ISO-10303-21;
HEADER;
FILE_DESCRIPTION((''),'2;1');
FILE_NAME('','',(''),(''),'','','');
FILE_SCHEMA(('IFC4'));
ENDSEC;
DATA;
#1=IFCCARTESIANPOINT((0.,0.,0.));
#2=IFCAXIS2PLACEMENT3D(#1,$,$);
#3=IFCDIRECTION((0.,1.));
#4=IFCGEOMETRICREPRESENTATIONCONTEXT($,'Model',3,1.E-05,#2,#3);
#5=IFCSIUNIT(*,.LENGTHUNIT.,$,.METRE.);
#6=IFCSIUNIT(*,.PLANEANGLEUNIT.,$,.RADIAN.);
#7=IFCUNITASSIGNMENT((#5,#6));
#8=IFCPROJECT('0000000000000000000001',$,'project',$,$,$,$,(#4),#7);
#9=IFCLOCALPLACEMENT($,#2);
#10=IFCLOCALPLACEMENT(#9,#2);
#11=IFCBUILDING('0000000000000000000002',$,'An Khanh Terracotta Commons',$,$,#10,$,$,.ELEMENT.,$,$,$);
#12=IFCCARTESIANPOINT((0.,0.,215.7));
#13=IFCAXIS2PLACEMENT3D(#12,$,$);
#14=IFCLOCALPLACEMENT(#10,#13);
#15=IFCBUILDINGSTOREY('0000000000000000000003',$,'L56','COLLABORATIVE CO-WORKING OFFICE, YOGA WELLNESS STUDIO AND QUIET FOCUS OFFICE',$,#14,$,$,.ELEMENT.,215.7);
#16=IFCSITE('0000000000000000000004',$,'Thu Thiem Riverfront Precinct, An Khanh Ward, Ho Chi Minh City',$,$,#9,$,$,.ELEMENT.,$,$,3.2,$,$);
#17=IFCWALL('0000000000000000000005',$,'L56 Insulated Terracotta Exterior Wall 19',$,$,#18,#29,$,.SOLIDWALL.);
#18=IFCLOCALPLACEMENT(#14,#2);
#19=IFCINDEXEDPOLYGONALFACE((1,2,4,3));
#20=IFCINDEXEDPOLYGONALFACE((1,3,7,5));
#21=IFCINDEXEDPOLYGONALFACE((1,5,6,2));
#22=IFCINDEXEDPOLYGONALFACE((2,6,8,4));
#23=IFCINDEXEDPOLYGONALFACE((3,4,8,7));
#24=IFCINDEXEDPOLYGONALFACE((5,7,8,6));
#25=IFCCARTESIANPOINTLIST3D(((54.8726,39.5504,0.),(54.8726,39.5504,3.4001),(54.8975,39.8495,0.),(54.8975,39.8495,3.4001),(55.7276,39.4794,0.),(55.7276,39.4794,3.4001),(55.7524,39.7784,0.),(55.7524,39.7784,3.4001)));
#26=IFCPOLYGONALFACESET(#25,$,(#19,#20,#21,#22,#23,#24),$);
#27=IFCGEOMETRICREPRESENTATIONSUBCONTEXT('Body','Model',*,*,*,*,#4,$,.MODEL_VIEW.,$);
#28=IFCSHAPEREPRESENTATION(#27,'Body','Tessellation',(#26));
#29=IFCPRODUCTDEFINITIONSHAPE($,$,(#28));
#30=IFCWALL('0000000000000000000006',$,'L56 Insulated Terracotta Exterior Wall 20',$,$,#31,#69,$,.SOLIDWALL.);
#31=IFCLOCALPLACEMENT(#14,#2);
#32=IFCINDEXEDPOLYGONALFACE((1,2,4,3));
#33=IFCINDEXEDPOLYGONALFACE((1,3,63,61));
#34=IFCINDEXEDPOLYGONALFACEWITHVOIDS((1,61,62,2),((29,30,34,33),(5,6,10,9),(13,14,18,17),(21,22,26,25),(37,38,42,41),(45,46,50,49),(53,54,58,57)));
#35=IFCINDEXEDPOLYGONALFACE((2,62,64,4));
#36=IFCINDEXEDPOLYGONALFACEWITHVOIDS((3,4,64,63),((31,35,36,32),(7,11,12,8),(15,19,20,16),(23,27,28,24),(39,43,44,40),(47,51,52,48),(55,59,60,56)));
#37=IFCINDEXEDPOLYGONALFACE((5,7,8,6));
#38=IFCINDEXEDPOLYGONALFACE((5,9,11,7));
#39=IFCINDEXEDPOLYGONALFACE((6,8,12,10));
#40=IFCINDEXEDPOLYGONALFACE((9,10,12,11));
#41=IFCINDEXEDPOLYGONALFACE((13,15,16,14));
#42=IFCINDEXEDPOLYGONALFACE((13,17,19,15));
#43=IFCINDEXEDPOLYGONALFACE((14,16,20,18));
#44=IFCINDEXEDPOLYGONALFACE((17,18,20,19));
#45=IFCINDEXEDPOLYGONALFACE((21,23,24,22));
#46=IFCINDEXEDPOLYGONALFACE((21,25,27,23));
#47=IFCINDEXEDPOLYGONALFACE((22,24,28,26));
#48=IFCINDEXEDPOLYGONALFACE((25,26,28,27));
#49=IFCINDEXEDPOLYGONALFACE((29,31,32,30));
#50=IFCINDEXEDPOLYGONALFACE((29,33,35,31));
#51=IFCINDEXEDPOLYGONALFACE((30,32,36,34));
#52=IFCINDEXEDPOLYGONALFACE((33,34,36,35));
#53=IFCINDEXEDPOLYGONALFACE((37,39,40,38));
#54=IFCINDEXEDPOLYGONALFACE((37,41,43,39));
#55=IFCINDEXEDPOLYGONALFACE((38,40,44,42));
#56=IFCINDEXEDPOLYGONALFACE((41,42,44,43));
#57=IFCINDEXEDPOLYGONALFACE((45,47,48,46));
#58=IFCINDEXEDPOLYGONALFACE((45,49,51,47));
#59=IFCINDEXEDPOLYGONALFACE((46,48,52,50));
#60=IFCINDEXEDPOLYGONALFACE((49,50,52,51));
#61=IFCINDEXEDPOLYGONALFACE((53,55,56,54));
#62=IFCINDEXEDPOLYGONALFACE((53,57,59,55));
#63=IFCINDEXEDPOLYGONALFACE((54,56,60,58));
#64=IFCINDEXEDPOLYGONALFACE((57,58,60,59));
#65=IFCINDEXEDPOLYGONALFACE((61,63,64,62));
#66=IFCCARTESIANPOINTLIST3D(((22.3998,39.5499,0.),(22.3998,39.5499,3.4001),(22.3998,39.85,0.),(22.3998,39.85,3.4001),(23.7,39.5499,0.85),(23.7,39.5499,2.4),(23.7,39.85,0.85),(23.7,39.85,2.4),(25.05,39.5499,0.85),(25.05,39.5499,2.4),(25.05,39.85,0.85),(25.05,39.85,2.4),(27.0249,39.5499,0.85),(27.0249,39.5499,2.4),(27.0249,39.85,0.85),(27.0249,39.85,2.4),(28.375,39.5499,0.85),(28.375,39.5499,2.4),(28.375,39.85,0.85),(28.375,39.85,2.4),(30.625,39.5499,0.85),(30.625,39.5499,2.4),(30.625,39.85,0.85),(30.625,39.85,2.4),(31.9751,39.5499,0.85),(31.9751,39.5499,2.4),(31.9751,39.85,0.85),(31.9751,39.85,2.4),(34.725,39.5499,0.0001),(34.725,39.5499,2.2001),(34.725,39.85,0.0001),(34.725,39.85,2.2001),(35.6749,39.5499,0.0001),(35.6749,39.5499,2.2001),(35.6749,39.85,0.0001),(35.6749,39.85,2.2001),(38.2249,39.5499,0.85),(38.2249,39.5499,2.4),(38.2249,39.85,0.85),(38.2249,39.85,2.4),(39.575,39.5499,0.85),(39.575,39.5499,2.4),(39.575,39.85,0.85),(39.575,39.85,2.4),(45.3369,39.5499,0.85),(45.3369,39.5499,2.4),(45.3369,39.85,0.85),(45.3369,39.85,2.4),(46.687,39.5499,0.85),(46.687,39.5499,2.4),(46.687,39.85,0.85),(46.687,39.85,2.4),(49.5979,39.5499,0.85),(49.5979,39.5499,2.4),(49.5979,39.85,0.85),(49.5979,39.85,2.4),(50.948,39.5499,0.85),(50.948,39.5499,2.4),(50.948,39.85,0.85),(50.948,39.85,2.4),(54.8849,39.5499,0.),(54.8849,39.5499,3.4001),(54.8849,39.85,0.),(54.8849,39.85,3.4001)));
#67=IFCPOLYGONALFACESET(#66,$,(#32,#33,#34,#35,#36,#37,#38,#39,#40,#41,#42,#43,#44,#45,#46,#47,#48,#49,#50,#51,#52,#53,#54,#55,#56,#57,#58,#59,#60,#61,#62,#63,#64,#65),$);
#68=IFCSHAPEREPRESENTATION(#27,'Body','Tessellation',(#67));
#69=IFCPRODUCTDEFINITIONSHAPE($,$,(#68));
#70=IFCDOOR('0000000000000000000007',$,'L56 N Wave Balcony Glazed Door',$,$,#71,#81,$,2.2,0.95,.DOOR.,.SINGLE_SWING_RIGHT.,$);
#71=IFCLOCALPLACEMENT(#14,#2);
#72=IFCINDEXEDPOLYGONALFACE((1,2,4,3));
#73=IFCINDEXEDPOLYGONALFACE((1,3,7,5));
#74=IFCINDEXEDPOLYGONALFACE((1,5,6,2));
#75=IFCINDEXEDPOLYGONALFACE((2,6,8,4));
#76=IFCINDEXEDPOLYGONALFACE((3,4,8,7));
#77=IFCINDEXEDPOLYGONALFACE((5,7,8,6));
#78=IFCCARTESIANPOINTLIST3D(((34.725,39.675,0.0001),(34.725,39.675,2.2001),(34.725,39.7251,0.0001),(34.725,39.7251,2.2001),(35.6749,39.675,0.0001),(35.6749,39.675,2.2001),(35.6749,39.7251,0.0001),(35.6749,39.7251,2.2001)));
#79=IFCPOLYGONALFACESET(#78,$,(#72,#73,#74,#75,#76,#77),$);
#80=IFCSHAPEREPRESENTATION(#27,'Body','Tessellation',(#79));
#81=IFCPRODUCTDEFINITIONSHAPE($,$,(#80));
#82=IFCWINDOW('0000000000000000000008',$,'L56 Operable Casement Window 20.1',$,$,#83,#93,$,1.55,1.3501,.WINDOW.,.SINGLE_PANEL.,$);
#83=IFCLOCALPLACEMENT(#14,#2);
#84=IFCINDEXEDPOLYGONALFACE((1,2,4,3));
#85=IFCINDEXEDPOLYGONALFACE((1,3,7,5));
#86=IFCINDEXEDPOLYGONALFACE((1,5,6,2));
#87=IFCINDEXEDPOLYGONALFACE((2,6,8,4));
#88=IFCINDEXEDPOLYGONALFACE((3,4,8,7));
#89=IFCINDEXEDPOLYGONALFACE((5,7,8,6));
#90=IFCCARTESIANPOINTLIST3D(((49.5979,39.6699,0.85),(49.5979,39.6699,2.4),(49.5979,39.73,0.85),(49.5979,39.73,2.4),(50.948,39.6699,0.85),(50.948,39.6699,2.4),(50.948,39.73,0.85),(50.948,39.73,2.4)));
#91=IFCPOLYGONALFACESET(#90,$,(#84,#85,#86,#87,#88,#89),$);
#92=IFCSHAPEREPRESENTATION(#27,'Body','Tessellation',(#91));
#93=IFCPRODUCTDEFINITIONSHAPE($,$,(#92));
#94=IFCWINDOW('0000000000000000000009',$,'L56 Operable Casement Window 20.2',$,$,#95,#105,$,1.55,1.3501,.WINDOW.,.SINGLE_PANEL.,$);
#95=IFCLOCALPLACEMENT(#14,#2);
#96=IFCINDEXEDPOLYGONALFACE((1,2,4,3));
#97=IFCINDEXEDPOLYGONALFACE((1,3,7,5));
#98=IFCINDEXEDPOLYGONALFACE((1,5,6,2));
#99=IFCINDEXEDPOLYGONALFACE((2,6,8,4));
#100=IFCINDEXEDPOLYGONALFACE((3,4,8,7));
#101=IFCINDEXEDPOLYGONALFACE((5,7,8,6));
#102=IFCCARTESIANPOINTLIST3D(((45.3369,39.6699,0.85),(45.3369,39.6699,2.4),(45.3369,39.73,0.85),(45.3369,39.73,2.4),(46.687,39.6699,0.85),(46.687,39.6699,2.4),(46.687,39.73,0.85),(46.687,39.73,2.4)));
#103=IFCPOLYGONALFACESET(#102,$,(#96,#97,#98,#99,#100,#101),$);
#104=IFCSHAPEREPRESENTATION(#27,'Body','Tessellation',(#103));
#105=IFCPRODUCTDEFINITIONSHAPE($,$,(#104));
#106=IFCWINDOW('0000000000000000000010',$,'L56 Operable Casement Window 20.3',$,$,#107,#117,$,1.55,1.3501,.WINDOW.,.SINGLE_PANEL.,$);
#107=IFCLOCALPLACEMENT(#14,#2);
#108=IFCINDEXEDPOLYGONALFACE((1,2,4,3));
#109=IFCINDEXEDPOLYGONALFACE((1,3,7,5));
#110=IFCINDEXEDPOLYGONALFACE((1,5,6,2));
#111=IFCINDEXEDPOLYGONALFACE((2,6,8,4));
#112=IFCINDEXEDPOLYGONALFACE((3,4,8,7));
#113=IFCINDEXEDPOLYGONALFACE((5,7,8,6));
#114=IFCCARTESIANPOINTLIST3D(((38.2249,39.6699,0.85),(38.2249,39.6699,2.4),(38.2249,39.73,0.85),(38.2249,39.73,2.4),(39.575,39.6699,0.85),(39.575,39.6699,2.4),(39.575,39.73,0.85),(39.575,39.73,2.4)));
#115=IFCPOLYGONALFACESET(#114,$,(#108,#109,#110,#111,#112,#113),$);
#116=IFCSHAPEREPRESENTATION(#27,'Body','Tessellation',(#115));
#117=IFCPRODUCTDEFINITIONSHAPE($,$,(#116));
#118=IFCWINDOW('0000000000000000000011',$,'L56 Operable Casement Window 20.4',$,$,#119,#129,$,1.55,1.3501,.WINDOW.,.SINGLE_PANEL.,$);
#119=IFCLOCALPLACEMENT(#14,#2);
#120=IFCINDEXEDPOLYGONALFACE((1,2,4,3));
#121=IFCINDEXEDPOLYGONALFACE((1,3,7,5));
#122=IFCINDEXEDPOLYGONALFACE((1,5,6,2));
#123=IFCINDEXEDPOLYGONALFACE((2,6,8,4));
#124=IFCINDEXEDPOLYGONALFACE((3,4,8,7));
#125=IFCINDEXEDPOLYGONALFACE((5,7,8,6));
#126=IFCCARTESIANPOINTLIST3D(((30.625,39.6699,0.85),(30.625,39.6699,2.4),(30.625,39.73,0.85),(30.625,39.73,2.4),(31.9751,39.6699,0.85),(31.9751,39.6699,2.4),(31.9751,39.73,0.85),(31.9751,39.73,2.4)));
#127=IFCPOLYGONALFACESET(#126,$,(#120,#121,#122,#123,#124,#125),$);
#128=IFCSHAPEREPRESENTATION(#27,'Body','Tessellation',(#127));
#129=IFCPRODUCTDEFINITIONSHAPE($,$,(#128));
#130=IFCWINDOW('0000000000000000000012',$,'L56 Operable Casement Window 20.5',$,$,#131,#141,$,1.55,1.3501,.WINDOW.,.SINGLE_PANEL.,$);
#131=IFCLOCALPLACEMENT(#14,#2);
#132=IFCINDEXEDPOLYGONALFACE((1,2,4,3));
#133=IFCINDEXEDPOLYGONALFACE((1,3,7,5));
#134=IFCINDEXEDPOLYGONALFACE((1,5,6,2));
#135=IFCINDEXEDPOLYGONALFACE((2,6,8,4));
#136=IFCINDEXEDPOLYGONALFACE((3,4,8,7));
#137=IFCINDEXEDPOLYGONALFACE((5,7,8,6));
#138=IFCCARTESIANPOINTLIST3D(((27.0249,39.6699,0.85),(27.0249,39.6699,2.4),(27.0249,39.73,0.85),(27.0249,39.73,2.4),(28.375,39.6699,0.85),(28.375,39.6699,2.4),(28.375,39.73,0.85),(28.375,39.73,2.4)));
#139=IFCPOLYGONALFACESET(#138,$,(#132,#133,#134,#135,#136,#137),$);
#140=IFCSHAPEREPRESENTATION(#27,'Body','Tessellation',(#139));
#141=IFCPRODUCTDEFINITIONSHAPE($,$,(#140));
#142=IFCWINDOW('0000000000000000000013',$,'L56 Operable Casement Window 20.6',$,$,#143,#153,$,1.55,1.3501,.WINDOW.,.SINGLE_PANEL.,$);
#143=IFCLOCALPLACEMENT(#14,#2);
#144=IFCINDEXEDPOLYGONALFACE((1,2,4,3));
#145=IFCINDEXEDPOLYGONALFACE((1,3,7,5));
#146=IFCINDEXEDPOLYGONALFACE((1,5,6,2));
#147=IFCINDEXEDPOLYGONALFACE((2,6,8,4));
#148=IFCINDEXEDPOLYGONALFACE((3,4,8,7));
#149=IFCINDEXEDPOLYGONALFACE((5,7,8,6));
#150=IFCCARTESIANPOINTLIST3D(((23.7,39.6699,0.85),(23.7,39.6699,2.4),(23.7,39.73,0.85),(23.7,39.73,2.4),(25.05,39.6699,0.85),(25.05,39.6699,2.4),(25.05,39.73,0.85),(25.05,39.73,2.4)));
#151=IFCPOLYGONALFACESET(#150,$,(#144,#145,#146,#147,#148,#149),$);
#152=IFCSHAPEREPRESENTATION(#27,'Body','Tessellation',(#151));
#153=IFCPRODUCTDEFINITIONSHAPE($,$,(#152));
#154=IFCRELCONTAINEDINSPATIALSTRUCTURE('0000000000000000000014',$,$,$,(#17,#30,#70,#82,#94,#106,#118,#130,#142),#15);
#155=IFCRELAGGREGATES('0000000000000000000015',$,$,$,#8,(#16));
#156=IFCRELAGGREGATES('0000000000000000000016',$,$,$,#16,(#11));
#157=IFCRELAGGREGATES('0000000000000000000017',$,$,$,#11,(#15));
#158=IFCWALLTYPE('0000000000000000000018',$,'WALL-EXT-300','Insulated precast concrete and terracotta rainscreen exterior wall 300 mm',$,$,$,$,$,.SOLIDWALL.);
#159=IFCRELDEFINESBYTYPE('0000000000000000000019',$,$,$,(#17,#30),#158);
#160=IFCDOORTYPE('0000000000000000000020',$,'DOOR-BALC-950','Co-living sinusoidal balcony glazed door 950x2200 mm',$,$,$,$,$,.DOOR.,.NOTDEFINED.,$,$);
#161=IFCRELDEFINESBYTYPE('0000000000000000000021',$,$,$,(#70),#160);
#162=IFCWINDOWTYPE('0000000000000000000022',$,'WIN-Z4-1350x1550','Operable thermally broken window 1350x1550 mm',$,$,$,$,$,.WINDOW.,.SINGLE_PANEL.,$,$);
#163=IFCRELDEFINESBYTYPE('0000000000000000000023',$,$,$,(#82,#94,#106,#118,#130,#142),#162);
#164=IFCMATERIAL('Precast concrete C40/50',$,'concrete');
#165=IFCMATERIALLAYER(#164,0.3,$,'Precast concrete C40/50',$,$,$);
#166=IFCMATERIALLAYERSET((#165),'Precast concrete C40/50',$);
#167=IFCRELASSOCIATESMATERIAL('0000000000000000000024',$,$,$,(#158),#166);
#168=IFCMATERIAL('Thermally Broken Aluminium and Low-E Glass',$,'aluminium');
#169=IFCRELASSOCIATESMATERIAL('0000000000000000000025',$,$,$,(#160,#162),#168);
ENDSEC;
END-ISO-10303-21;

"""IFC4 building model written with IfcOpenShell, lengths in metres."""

from ifc_helpers import new_model, si_unit, direction, frame, frame_2d, origin, place, context, subcontext, project, spatial, rectangle, extrude, material, layer, layer_set, type_object, element, fill, save


model = new_model("IFC4")

# Units and contexts
model_context = context("Model", 3, precision=1e-05, world=origin(), true_north=direction((0.0, 1.0)))
body_context = subcontext(model_context, "Body", "Model", "MODEL_VIEW")
ifc_project = project(units=[si_unit("LENGTHUNIT", "METRE"), si_unit("PLANEANGLEUNIT", "RADIAN")], contexts=[model_context])

# Site, building, storey
site_placement = place(None, origin())
site = spatial("IfcSite", under=ifc_project, at=site_placement, Name="Thu Thiem Riverfront Precinct, An Khanh Ward, Ho Chi Minh City", CompositionType="ELEMENT", RefElevation=3.2)
building_placement = place(site_placement, origin())
building = spatial("IfcBuilding", under=site, at=building_placement, Name="An Khanh Terracotta Commons", CompositionType="ELEMENT")
storey_placement = place(building_placement, frame((0.0, 0.0, 215.7)))
storey = spatial("IfcBuildingStorey", under=building, at=storey_placement, Name="L56", Description="COLLABORATIVE CO-WORKING OFFICE, YOGA WELLNESS STUDIO AND QUIET FOCUS OFFICE", CompositionType="ELEMENT", Elevation=215.7)

# Wall
ifc_material_1 = material(Name="Precast concrete C40/50", Category="concrete")
ifc_layer_1 = layer(ifc_material_1, 0.3, Name="Precast concrete C40/50")
ifc_layer_set_1 = layer_set([ifc_layer_1], Name="Precast concrete C40/50")
wall_type = type_object("IfcWallType", Name="WALL-EXT-300", Description="Insulated precast concrete and terracotta rainscreen exterior wall 300 mm", PredefinedType="SOLIDWALL", material=ifc_layer_set_1)
wall_1_placement = place(storey_placement, frame((55.74, 39.6289, 0.0), z_axis=(0.0, 0.0, 1.0), x_axis=(-0.996565, 0.08281, 0.0)))
element("IfcWall", 1, at=wall_1_placement, inside=storey, type_object=wall_type, Name="L56 Insulated Terracotta Exterior Wall 19", PredefinedType="SOLIDWALL", context=body_context, shape_type="SweptSolid", body=[
    extrude(rectangle(XDim=0.8579, YDim=0.3, at=frame_2d((0.429, 0.0))), origin(), (0.0, 0.0, 1.0), 3.4001),
])

# Wall, openings, door, windows
wall_2_placement = place(storey_placement, frame((54.885, 39.7, 0.0), z_axis=(0.0, 0.0, 1.0), x_axis=(-1.0, 0.0, 0.0)))
wall_2 = element("IfcWall", 2, at=wall_2_placement, inside=storey, type_object=wall_type, Name="L56 Insulated Terracotta Exterior Wall 20", PredefinedType="SOLIDWALL", context=body_context, shape_type="SweptSolid", body=[
    extrude(rectangle(XDim=32.4851, YDim=0.3, at=frame_2d((16.2427, 0.0))), origin(), (0.0, 0.0, 1.0), 3.4001),
])
opening_1_placement = place(wall_2_placement, frame((19.21, 0.0, 0.0)))
opening_1 = element("IfcOpeningElement", 3, at=opening_1_placement, cuts=wall_2, PredefinedType="OPENING", context=body_context, shape_type="SweptSolid", body=[
    extrude(rectangle(XDim=0.95, YDim=2.2, at=frame_2d((0.4751, 1.1001))), frame((0.0, 0.1599, 0.0), z_axis=(0.0, -1.0, 0.0), x_axis=(1.0, 0.0, 0.0)), (0.0, 0.0, 1.0), 0.3201),
])
opening_2_placement = place(wall_2_placement, frame((3.937, 0.0, 0.8501)))
opening_2 = element("IfcOpeningElement", 4, at=opening_2_placement, cuts=wall_2, PredefinedType="OPENING", context=body_context, shape_type="SweptSolid", body=[
    extrude(rectangle(XDim=1.3501, YDim=1.55, at=frame_2d((0.675, 0.7749))), frame((0.0, 0.1599, 0.0), z_axis=(0.0, -1.0, 0.0), x_axis=(1.0, 0.0, 0.0)), (0.0, 0.0, 1.0), 0.3201),
])
opening_3_placement = place(wall_2_placement, frame((8.198, 0.0, 0.8501)))
opening_3 = element("IfcOpeningElement", 5, at=opening_3_placement, cuts=wall_2, PredefinedType="OPENING", context=body_context, shape_type="SweptSolid", body=[
    extrude(rectangle(XDim=1.3501, YDim=1.55, at=frame_2d((0.675, 0.7749))), frame((0.0, 0.1599, 0.0), z_axis=(0.0, -1.0, 0.0), x_axis=(1.0, 0.0, 0.0)), (0.0, 0.0, 1.0), 0.3201),
])
opening_4_placement = place(wall_2_placement, frame((15.3101, 0.0, 0.8501)))
opening_4 = element("IfcOpeningElement", 6, at=opening_4_placement, cuts=wall_2, PredefinedType="OPENING", context=body_context, shape_type="SweptSolid", body=[
    extrude(rectangle(XDim=1.3501, YDim=1.55, at=frame_2d((0.675, 0.7749))), frame((0.0, 0.1599, 0.0), z_axis=(0.0, -1.0, 0.0), x_axis=(1.0, 0.0, 0.0)), (0.0, 0.0, 1.0), 0.3201),
])
opening_5_placement = place(wall_2_placement, frame((22.9099, 0.0, 0.8501)))
opening_5 = element("IfcOpeningElement", 7, at=opening_5_placement, cuts=wall_2, PredefinedType="OPENING", context=body_context, shape_type="SweptSolid", body=[
    extrude(rectangle(XDim=1.3501, YDim=1.55, at=frame_2d((0.675, 0.7749))), frame((0.0, 0.1599, 0.0), z_axis=(0.0, -1.0, 0.0), x_axis=(1.0, 0.0, 0.0)), (0.0, 0.0, 1.0), 0.3201),
])
opening_6_placement = place(wall_2_placement, frame((26.51, 0.0, 0.8501)))
opening_6 = element("IfcOpeningElement", 8, at=opening_6_placement, cuts=wall_2, PredefinedType="OPENING", context=body_context, shape_type="SweptSolid", body=[
    extrude(rectangle(XDim=1.3501, YDim=1.55, at=frame_2d((0.675, 0.7749))), frame((0.0, 0.1599, 0.0), z_axis=(0.0, -1.0, 0.0), x_axis=(1.0, 0.0, 0.0)), (0.0, 0.0, 1.0), 0.3201),
])
opening_7_placement = place(wall_2_placement, frame((29.835, 0.0, 0.8501)))
opening_7 = element("IfcOpeningElement", 9, at=opening_7_placement, cuts=wall_2, PredefinedType="OPENING", context=body_context, shape_type="SweptSolid", body=[
    extrude(rectangle(XDim=1.3501, YDim=1.55, at=frame_2d((0.675, 0.7749))), frame((0.0, 0.1599, 0.0), z_axis=(0.0, -1.0, 0.0), x_axis=(1.0, 0.0, 0.0)), (0.0, 0.0, 1.0), 0.3201),
])
ifc_material_2 = material(Name="Thermally Broken Aluminium and Low-E Glass", Category="aluminium")
door_type = type_object("IfcDoorType", Name="DOOR-BALC-950", Description="Co-living sinusoidal balcony glazed door 950x2200 mm", OperationType="NOTDEFINED", PredefinedType="DOOR", material=ifc_material_2)
door_placement = place(opening_1_placement, origin())
door = element("IfcDoor", 10, at=door_placement, inside=storey, type_object=door_type, Name="L56 N Wave Balcony Glazed Door", OperationType="SINGLE_SWING_RIGHT", OverallHeight=2.2, OverallWidth=0.95, PredefinedType="DOOR", context=body_context, shape_type="SweptSolid", body=[
    extrude(rectangle(XDim=0.95, YDim=2.2, at=frame_2d((0.4751, 1.1001))), frame((0.0, 0.0249, 0.0), z_axis=(0.0, -1.0, 0.0), x_axis=(1.0, 0.0, 0.0)), (0.0, 0.0, 1.0), 0.05),
])
fill(opening_1, door)
window_type = type_object("IfcWindowType", Name="WIN-Z4-1350x1550", Description="Operable thermally broken window 1350x1550 mm", PartitioningType="SINGLE_PANEL", PredefinedType="WINDOW", material=ifc_material_2)
window_1_placement = place(opening_2_placement, origin())
window_1 = element("IfcWindow", 11, at=window_1_placement, inside=storey, type_object=window_type, Name="L56 Operable Casement Window 20.1", OverallHeight=1.55, OverallWidth=1.3501, PartitioningType="SINGLE_PANEL", PredefinedType="WINDOW", context=body_context, shape_type="SweptSolid", body=[
    extrude(rectangle(XDim=1.3501, YDim=1.55, at=frame_2d((0.675, 0.7749))), frame((0.0, 0.03, 0.0), z_axis=(0.0, -1.0, 0.0), x_axis=(1.0, 0.0, 0.0)), (0.0, 0.0, 1.0), 0.0601),
])
fill(opening_2, window_1)
window_2_placement = place(opening_3_placement, origin())
window_2 = element("IfcWindow", 12, at=window_2_placement, inside=storey, type_object=window_type, Name="L56 Operable Casement Window 20.2", OverallHeight=1.55, OverallWidth=1.3501, PartitioningType="SINGLE_PANEL", PredefinedType="WINDOW", context=body_context, shape_type="SweptSolid", body=[
    extrude(rectangle(XDim=1.3501, YDim=1.55, at=frame_2d((0.675, 0.7749))), frame((0.0, 0.03, 0.0), z_axis=(0.0, -1.0, 0.0), x_axis=(1.0, 0.0, 0.0)), (0.0, 0.0, 1.0), 0.0601),
])
fill(opening_3, window_2)
window_3_placement = place(opening_4_placement, origin())
window_3 = element("IfcWindow", 13, at=window_3_placement, inside=storey, type_object=window_type, Name="L56 Operable Casement Window 20.3", OverallHeight=1.55, OverallWidth=1.3501, PartitioningType="SINGLE_PANEL", PredefinedType="WINDOW", context=body_context, shape_type="SweptSolid", body=[
    extrude(rectangle(XDim=1.3501, YDim=1.55, at=frame_2d((0.675, 0.7749))), frame((0.0, 0.03, 0.0), z_axis=(0.0, -1.0, 0.0), x_axis=(1.0, 0.0, 0.0)), (0.0, 0.0, 1.0), 0.0601),
])
fill(opening_4, window_3)
window_4_placement = place(opening_5_placement, origin())
window_4 = element("IfcWindow", 14, at=window_4_placement, inside=storey, type_object=window_type, Name="L56 Operable Casement Window 20.4", OverallHeight=1.55, OverallWidth=1.3501, PartitioningType="SINGLE_PANEL", PredefinedType="WINDOW", context=body_context, shape_type="SweptSolid", body=[
    extrude(rectangle(XDim=1.3501, YDim=1.55, at=frame_2d((0.675, 0.7749))), frame((0.0, 0.03, 0.0), z_axis=(0.0, -1.0, 0.0), x_axis=(1.0, 0.0, 0.0)), (0.0, 0.0, 1.0), 0.0601),
])
fill(opening_5, window_4)
window_5_placement = place(opening_6_placement, origin())
window_5 = element("IfcWindow", 15, at=window_5_placement, inside=storey, type_object=window_type, Name="L56 Operable Casement Window 20.5", OverallHeight=1.55, OverallWidth=1.3501, PartitioningType="SINGLE_PANEL", PredefinedType="WINDOW", context=body_context, shape_type="SweptSolid", body=[
    extrude(rectangle(XDim=1.3501, YDim=1.55, at=frame_2d((0.675, 0.7749))), frame((0.0, 0.03, 0.0), z_axis=(0.0, -1.0, 0.0), x_axis=(1.0, 0.0, 0.0)), (0.0, 0.0, 1.0), 0.0601),
])
fill(opening_6, window_5)
window_6_placement = place(opening_7_placement, origin())
window_6 = element("IfcWindow", 16, at=window_6_placement, inside=storey, type_object=window_type, Name="L56 Operable Casement Window 20.6", OverallHeight=1.55, OverallWidth=1.3501, PartitioningType="SINGLE_PANEL", PredefinedType="WINDOW", context=body_context, shape_type="SweptSolid", body=[
    extrude(rectangle(XDim=1.3501, YDim=1.55, at=frame_2d((0.675, 0.7749))), frame((0.0, 0.03, 0.0), z_axis=(0.0, -1.0, 0.0), x_axis=(1.0, 0.0, 0.0)), (0.0, 0.0, 1.0), 0.0601),
])
fill(opening_7, window_6)

save(model, "model.ifc")
